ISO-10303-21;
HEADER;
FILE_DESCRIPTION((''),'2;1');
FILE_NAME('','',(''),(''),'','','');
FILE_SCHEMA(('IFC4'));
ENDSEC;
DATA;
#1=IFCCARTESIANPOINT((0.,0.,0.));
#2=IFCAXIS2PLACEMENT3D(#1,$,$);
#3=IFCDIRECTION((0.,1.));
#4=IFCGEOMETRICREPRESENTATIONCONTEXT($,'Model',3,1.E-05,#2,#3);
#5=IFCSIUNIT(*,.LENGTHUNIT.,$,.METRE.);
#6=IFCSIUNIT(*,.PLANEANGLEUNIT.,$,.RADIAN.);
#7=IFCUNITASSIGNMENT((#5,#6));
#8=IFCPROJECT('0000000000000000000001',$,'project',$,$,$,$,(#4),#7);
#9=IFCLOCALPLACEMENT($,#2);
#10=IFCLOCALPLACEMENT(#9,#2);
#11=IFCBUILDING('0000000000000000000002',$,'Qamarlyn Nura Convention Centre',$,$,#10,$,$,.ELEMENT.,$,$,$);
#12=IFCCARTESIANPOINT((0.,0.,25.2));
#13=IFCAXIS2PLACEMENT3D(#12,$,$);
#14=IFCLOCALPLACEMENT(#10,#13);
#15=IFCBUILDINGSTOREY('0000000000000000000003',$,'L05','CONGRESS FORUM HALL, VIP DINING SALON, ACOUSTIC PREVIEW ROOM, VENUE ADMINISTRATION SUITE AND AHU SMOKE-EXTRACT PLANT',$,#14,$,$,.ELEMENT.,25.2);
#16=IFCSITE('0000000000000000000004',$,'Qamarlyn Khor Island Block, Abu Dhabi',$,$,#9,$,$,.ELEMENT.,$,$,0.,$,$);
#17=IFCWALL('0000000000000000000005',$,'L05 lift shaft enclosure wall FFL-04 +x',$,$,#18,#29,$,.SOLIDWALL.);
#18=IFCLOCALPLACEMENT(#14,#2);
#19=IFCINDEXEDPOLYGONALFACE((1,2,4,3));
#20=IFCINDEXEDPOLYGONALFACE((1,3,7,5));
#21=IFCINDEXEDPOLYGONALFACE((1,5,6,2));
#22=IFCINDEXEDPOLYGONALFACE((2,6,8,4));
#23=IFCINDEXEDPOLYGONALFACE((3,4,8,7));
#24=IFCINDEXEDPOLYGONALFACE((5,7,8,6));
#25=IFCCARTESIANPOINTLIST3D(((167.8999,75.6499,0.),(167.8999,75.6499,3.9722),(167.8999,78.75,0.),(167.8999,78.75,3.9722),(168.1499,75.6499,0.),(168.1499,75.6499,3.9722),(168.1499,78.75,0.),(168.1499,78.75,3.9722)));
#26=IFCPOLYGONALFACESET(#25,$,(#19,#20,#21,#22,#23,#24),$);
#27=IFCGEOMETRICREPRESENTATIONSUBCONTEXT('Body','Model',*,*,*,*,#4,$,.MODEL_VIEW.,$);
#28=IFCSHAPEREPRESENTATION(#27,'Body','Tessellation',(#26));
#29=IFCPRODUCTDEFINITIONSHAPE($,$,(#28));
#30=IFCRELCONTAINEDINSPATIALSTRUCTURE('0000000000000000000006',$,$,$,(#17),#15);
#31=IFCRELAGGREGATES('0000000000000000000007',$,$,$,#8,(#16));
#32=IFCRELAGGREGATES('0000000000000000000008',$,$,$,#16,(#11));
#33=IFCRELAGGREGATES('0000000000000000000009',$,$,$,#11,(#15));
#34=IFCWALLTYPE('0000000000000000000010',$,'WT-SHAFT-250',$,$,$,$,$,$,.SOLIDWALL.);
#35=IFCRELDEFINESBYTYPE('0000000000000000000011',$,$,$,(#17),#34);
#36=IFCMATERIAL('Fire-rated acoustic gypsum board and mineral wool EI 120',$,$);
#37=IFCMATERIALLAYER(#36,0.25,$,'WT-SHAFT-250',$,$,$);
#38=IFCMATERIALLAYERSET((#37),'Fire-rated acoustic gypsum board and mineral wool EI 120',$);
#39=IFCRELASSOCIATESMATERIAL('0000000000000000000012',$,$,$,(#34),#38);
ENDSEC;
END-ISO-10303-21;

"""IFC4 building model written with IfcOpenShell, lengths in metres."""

from ifc_helpers import new_model, si_unit, direction, frame, frame_2d, origin, place, context, subcontext, project, spatial, rectangle, extrude, material, layer, layer_set, type_object, element, save


model = new_model("IFC4")

# Units and contexts
model_context = context("Model", 3, precision=1e-05, world=origin(), true_north=direction((0.0, 1.0)))
body_context = subcontext(model_context, "Body", "Model", "MODEL_VIEW")
ifc_project = project(units=[si_unit("LENGTHUNIT", "METRE"), si_unit("PLANEANGLEUNIT", "RADIAN")], contexts=[model_context])

# Site, building, storey
site_placement = place(None, origin())
site = spatial("IfcSite", under=ifc_project, at=site_placement, Name="Qamarlyn Khor Island Block, Abu Dhabi", CompositionType="ELEMENT", RefElevation=0.0)
building_placement = place(site_placement, origin())
building = spatial("IfcBuilding", under=site, at=building_placement, Name="Qamarlyn Nura Convention Centre", CompositionType="ELEMENT")
storey_placement = place(building_placement, frame((0.0, 0.0, 25.2)))
storey = spatial("IfcBuildingStorey", under=building, at=storey_placement, Name="L05", Description="CONGRESS FORUM HALL, VIP DINING SALON, ACOUSTIC PREVIEW ROOM, VENUE ADMINISTRATION SUITE AND AHU SMOKE-EXTRACT PLANT", CompositionType="ELEMENT", Elevation=25.2)

# Shared definitions
ifc_material_1 = material(Name="Fire-rated acoustic gypsum board and mineral wool EI 120")

# Shared definitions
ifc_layer_1 = layer(ifc_material_1, 0.25, Name="WT-SHAFT-250")
ifc_layer_set_1 = layer_set([ifc_layer_1], Name="Fire-rated acoustic gypsum board and mineral wool EI 120")
wall_type_1 = type_object("IfcWallType", Name="WT-SHAFT-250", PredefinedType="SOLIDWALL", material=ifc_layer_set_1)

# Wall
for number, where, z_axis, x_axis, name in (
    (1, (168.0249, 75.6499, 0.0), (0.0, 0.0, 1.0), (0.0, 1.0, 0.0), "L05 lift shaft enclosure wall FFL-04 +x"),
):
    element("IfcWall", number, at=place(storey_placement, frame(where, z_axis=z_axis, x_axis=x_axis)), inside=storey, type_object=wall_type_1, Name=name, PredefinedType="SOLIDWALL", context=body_context, shape_type="SweptSolid", body=[
        extrude(rectangle(XDim=3.1001, YDim=0.25, at=frame_2d((1.55, 0.0))), origin(), (0.0, 0.0, 1.0), 3.9722),
    ])

save(model, "model.ifc")
